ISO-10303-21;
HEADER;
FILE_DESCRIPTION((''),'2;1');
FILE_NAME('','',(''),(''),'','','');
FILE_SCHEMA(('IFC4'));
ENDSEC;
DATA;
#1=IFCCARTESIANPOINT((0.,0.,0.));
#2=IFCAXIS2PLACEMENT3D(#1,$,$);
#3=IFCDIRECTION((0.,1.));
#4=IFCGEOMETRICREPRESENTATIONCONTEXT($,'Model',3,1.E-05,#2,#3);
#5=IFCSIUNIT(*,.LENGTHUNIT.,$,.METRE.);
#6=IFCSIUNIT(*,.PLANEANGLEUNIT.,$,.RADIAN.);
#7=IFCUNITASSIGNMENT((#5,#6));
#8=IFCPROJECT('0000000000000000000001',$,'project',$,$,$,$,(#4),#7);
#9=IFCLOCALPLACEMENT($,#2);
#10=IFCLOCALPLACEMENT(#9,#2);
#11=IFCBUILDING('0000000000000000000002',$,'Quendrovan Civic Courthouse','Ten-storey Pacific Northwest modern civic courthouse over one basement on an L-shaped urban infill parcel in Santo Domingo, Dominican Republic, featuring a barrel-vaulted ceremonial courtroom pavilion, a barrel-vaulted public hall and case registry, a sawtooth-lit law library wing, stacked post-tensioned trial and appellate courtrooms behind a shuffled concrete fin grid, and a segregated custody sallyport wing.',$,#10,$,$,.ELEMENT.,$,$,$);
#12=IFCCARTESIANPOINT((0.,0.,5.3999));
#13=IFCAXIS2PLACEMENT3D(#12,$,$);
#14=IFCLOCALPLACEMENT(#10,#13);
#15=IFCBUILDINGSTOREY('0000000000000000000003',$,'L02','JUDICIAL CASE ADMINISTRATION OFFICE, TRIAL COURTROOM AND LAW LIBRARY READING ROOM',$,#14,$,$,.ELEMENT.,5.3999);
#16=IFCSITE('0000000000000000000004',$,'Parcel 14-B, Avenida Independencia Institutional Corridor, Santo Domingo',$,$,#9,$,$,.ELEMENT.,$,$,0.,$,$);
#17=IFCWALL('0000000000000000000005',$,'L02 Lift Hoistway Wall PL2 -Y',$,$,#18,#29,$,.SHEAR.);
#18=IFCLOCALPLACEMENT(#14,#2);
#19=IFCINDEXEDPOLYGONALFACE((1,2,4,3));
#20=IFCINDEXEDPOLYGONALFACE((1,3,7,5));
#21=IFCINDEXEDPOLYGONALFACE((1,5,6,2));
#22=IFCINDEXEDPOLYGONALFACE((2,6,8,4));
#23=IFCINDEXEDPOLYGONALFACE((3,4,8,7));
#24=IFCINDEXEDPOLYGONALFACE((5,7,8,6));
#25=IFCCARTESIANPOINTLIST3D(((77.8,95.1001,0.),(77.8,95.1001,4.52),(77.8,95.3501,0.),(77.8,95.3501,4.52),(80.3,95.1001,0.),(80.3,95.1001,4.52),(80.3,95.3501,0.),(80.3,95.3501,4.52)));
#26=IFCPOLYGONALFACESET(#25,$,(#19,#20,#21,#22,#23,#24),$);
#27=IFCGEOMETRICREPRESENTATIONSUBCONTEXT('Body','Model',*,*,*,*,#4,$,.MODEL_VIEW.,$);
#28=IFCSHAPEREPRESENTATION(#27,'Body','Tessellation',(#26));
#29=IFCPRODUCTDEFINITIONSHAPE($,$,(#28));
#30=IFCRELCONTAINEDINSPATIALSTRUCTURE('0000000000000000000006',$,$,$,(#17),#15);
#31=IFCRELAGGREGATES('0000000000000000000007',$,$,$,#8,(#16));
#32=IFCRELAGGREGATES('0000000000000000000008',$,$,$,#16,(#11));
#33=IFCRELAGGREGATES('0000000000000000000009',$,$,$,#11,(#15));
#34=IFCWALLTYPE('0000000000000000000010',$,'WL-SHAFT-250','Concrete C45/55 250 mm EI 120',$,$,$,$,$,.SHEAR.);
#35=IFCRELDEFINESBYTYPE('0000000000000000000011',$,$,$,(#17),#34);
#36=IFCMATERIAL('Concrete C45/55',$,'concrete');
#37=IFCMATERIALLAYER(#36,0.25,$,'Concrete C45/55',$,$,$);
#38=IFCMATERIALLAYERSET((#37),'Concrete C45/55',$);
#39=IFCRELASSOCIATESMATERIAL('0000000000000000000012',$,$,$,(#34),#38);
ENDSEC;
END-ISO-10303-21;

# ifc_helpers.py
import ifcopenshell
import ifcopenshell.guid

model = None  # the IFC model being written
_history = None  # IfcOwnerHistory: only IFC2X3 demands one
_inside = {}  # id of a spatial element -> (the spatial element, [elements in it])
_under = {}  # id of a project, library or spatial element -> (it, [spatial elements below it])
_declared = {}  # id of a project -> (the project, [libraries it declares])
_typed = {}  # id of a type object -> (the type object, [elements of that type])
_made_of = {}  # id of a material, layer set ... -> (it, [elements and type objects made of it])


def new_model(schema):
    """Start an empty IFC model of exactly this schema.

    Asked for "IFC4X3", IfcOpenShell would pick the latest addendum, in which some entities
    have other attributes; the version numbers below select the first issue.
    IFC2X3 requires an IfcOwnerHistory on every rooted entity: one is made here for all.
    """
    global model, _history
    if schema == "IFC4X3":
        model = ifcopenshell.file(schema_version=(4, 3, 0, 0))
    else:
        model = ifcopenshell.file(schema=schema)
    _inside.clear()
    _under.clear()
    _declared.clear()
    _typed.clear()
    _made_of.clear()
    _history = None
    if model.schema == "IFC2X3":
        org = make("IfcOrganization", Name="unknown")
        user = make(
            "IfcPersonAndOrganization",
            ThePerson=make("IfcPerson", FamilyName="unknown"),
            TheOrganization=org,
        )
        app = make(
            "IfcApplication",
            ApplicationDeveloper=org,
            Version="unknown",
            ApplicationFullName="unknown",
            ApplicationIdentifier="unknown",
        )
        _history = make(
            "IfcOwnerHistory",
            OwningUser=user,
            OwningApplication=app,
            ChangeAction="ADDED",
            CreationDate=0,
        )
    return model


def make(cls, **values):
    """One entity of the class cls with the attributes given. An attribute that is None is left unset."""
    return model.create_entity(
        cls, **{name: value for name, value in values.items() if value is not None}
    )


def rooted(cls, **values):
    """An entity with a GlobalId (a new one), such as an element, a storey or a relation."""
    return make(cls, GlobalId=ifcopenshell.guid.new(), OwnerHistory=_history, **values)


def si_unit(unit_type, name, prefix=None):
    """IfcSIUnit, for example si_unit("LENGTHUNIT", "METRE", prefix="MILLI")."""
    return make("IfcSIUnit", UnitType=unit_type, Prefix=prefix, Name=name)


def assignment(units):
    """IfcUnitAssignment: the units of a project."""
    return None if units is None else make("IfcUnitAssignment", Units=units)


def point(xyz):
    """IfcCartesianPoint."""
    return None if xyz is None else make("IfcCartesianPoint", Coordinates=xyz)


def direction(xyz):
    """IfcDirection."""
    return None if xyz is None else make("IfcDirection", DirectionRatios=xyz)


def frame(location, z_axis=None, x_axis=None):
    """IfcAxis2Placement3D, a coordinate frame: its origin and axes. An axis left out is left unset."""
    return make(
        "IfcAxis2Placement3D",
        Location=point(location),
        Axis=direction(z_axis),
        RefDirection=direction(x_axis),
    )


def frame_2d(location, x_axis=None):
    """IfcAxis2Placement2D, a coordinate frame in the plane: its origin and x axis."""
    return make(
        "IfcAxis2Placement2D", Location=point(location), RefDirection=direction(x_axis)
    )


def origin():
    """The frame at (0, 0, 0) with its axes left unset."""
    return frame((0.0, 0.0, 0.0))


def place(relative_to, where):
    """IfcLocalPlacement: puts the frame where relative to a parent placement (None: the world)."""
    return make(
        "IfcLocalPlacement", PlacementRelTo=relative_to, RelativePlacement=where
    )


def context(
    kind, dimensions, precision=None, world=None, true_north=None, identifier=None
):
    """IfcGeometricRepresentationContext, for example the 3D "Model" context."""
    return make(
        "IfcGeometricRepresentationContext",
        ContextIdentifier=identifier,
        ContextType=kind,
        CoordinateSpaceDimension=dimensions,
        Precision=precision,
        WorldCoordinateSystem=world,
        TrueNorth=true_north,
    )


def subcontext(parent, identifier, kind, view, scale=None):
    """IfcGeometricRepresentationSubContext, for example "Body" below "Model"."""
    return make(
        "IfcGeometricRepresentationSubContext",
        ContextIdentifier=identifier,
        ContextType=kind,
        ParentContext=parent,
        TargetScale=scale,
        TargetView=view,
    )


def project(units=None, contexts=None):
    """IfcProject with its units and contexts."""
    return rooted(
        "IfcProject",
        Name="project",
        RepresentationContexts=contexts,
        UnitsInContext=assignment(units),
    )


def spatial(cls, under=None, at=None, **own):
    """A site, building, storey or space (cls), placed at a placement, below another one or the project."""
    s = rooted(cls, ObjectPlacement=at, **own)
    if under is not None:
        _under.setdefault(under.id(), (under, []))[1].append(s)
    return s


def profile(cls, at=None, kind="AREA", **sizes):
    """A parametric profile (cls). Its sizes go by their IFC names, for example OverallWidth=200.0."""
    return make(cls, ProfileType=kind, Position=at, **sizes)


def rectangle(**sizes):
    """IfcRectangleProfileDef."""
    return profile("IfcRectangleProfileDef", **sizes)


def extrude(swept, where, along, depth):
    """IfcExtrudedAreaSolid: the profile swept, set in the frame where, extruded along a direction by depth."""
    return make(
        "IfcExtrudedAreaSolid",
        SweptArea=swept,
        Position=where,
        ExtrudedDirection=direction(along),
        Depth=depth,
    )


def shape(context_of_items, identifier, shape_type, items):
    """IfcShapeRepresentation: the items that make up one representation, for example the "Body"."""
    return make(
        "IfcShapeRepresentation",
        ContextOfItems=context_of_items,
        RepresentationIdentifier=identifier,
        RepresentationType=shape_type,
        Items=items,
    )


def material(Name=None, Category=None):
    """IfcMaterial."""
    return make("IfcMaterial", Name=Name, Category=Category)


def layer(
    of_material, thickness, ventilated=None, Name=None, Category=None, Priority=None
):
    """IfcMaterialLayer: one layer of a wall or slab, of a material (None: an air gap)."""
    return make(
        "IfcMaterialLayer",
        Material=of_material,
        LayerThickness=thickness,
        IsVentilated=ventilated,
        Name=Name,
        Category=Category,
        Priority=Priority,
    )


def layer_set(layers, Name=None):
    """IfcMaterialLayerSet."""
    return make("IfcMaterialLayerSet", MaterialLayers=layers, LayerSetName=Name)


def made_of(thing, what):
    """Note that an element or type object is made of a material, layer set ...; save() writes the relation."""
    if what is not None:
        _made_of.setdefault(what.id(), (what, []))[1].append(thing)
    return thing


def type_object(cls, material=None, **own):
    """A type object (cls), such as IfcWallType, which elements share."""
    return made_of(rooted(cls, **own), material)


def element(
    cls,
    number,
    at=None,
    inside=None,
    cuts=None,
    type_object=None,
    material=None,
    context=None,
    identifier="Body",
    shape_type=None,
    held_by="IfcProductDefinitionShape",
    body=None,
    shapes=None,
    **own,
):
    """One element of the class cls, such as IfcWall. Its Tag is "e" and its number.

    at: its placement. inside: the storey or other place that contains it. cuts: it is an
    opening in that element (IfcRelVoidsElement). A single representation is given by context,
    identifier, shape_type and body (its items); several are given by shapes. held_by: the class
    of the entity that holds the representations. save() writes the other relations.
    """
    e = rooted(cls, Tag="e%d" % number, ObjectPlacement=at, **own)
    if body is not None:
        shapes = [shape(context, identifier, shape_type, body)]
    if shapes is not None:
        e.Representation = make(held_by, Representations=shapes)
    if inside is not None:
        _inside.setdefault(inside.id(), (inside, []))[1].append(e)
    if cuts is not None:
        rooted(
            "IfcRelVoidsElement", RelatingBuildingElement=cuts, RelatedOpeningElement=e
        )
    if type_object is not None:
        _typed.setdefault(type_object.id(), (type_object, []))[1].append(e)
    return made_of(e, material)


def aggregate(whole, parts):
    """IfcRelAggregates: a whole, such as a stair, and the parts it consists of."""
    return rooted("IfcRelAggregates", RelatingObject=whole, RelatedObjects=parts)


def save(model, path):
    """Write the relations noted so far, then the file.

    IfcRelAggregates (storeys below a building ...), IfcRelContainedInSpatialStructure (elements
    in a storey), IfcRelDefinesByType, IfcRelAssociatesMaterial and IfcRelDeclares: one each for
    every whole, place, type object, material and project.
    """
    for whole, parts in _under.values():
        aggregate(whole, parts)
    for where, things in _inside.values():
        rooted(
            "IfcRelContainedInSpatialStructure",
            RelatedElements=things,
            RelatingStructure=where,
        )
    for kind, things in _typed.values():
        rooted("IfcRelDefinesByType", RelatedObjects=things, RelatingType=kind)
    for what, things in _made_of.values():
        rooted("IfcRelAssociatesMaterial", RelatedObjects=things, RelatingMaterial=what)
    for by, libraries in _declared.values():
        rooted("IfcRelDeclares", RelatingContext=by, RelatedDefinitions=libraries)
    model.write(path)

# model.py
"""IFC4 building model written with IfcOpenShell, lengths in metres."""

from ifc_helpers import new_model, si_unit, direction, frame, frame_2d, origin, place, context, subcontext, project, spatial, rectangle, extrude, material, layer, layer_set, type_object, element, save


model = new_model("IFC4")

# Units and contexts
model_context = context("Model", 3, precision=1e-05, world=origin(), true_north=direction((0.0, 1.0)))
body_context = subcontext(model_context, "Body", "Model", "MODEL_VIEW")
ifc_project = project(units=[si_unit("LENGTHUNIT", "METRE"), si_unit("PLANEANGLEUNIT", "RADIAN")], contexts=[model_context])

# Site, building, storey
site_placement = place(None, origin())
site = spatial("IfcSite", under=ifc_project, at=site_placement, Name="Parcel 14-B, Avenida Independencia Institutional Corridor, Santo Domingo", CompositionType="ELEMENT", RefElevation=0.0)
building_placement = place(site_placement, origin())
building = spatial("IfcBuilding", under=site, at=building_placement, Name="Quendrovan Civic Courthouse", Description="Ten-storey Pacific Northwest modern civic courthouse over one basement on an L-shaped urban infill parcel in Santo Domingo, Dominican Republic, featuring a barrel-vaulted ceremonial courtroom pavilion, a barrel-vaulted public hall and case registry, a sawtooth-lit law library wing, stacked post-tensioned trial and appellate courtrooms behind a shuffled concrete fin grid, and a segregated custody sallyport wing.", CompositionType="ELEMENT")
storey_placement = place(building_placement, frame((0.0, 0.0, 5.3999)))
storey = spatial("IfcBuildingStorey", under=building, at=storey_placement, Name="L02", Description="JUDICIAL CASE ADMINISTRATION OFFICE, TRIAL COURTROOM AND LAW LIBRARY READING ROOM", CompositionType="ELEMENT", Elevation=5.3999)

# Shared definitions
ifc_material_1 = material(Name="Concrete C45/55", Category="concrete")

# Shared definitions
ifc_layer_1 = layer(ifc_material_1, 0.25, Name="Concrete C45/55")
ifc_layer_set_1 = layer_set([ifc_layer_1], Name="Concrete C45/55")
wall_type_1 = type_object("IfcWallType", Name="WL-SHAFT-250", Description="Concrete C45/55 250 mm EI 120", PredefinedType="SHEAR", material=ifc_layer_set_1)

# Wall
for number, where, z_axis, x_axis, name in (
    (1, (77.8, 95.2251, 0.0), (0.0, 0.0, 1.0), (1.0, 0.0, 0.0), "L02 Lift Hoistway Wall PL2 -Y"),
):
    element("IfcWall", number, at=place(storey_placement, frame(where, z_axis=z_axis, x_axis=x_axis)), inside=storey, type_object=wall_type_1, Name=name, PredefinedType="SHEAR", context=body_context, shape_type="SweptSolid", body=[
        extrude(rectangle(XDim=2.5, YDim=0.25, at=frame_2d((1.25, 0.0))), origin(), (0.0, 0.0, 1.0), 4.52),
    ])

save(model, "model.ifc")
